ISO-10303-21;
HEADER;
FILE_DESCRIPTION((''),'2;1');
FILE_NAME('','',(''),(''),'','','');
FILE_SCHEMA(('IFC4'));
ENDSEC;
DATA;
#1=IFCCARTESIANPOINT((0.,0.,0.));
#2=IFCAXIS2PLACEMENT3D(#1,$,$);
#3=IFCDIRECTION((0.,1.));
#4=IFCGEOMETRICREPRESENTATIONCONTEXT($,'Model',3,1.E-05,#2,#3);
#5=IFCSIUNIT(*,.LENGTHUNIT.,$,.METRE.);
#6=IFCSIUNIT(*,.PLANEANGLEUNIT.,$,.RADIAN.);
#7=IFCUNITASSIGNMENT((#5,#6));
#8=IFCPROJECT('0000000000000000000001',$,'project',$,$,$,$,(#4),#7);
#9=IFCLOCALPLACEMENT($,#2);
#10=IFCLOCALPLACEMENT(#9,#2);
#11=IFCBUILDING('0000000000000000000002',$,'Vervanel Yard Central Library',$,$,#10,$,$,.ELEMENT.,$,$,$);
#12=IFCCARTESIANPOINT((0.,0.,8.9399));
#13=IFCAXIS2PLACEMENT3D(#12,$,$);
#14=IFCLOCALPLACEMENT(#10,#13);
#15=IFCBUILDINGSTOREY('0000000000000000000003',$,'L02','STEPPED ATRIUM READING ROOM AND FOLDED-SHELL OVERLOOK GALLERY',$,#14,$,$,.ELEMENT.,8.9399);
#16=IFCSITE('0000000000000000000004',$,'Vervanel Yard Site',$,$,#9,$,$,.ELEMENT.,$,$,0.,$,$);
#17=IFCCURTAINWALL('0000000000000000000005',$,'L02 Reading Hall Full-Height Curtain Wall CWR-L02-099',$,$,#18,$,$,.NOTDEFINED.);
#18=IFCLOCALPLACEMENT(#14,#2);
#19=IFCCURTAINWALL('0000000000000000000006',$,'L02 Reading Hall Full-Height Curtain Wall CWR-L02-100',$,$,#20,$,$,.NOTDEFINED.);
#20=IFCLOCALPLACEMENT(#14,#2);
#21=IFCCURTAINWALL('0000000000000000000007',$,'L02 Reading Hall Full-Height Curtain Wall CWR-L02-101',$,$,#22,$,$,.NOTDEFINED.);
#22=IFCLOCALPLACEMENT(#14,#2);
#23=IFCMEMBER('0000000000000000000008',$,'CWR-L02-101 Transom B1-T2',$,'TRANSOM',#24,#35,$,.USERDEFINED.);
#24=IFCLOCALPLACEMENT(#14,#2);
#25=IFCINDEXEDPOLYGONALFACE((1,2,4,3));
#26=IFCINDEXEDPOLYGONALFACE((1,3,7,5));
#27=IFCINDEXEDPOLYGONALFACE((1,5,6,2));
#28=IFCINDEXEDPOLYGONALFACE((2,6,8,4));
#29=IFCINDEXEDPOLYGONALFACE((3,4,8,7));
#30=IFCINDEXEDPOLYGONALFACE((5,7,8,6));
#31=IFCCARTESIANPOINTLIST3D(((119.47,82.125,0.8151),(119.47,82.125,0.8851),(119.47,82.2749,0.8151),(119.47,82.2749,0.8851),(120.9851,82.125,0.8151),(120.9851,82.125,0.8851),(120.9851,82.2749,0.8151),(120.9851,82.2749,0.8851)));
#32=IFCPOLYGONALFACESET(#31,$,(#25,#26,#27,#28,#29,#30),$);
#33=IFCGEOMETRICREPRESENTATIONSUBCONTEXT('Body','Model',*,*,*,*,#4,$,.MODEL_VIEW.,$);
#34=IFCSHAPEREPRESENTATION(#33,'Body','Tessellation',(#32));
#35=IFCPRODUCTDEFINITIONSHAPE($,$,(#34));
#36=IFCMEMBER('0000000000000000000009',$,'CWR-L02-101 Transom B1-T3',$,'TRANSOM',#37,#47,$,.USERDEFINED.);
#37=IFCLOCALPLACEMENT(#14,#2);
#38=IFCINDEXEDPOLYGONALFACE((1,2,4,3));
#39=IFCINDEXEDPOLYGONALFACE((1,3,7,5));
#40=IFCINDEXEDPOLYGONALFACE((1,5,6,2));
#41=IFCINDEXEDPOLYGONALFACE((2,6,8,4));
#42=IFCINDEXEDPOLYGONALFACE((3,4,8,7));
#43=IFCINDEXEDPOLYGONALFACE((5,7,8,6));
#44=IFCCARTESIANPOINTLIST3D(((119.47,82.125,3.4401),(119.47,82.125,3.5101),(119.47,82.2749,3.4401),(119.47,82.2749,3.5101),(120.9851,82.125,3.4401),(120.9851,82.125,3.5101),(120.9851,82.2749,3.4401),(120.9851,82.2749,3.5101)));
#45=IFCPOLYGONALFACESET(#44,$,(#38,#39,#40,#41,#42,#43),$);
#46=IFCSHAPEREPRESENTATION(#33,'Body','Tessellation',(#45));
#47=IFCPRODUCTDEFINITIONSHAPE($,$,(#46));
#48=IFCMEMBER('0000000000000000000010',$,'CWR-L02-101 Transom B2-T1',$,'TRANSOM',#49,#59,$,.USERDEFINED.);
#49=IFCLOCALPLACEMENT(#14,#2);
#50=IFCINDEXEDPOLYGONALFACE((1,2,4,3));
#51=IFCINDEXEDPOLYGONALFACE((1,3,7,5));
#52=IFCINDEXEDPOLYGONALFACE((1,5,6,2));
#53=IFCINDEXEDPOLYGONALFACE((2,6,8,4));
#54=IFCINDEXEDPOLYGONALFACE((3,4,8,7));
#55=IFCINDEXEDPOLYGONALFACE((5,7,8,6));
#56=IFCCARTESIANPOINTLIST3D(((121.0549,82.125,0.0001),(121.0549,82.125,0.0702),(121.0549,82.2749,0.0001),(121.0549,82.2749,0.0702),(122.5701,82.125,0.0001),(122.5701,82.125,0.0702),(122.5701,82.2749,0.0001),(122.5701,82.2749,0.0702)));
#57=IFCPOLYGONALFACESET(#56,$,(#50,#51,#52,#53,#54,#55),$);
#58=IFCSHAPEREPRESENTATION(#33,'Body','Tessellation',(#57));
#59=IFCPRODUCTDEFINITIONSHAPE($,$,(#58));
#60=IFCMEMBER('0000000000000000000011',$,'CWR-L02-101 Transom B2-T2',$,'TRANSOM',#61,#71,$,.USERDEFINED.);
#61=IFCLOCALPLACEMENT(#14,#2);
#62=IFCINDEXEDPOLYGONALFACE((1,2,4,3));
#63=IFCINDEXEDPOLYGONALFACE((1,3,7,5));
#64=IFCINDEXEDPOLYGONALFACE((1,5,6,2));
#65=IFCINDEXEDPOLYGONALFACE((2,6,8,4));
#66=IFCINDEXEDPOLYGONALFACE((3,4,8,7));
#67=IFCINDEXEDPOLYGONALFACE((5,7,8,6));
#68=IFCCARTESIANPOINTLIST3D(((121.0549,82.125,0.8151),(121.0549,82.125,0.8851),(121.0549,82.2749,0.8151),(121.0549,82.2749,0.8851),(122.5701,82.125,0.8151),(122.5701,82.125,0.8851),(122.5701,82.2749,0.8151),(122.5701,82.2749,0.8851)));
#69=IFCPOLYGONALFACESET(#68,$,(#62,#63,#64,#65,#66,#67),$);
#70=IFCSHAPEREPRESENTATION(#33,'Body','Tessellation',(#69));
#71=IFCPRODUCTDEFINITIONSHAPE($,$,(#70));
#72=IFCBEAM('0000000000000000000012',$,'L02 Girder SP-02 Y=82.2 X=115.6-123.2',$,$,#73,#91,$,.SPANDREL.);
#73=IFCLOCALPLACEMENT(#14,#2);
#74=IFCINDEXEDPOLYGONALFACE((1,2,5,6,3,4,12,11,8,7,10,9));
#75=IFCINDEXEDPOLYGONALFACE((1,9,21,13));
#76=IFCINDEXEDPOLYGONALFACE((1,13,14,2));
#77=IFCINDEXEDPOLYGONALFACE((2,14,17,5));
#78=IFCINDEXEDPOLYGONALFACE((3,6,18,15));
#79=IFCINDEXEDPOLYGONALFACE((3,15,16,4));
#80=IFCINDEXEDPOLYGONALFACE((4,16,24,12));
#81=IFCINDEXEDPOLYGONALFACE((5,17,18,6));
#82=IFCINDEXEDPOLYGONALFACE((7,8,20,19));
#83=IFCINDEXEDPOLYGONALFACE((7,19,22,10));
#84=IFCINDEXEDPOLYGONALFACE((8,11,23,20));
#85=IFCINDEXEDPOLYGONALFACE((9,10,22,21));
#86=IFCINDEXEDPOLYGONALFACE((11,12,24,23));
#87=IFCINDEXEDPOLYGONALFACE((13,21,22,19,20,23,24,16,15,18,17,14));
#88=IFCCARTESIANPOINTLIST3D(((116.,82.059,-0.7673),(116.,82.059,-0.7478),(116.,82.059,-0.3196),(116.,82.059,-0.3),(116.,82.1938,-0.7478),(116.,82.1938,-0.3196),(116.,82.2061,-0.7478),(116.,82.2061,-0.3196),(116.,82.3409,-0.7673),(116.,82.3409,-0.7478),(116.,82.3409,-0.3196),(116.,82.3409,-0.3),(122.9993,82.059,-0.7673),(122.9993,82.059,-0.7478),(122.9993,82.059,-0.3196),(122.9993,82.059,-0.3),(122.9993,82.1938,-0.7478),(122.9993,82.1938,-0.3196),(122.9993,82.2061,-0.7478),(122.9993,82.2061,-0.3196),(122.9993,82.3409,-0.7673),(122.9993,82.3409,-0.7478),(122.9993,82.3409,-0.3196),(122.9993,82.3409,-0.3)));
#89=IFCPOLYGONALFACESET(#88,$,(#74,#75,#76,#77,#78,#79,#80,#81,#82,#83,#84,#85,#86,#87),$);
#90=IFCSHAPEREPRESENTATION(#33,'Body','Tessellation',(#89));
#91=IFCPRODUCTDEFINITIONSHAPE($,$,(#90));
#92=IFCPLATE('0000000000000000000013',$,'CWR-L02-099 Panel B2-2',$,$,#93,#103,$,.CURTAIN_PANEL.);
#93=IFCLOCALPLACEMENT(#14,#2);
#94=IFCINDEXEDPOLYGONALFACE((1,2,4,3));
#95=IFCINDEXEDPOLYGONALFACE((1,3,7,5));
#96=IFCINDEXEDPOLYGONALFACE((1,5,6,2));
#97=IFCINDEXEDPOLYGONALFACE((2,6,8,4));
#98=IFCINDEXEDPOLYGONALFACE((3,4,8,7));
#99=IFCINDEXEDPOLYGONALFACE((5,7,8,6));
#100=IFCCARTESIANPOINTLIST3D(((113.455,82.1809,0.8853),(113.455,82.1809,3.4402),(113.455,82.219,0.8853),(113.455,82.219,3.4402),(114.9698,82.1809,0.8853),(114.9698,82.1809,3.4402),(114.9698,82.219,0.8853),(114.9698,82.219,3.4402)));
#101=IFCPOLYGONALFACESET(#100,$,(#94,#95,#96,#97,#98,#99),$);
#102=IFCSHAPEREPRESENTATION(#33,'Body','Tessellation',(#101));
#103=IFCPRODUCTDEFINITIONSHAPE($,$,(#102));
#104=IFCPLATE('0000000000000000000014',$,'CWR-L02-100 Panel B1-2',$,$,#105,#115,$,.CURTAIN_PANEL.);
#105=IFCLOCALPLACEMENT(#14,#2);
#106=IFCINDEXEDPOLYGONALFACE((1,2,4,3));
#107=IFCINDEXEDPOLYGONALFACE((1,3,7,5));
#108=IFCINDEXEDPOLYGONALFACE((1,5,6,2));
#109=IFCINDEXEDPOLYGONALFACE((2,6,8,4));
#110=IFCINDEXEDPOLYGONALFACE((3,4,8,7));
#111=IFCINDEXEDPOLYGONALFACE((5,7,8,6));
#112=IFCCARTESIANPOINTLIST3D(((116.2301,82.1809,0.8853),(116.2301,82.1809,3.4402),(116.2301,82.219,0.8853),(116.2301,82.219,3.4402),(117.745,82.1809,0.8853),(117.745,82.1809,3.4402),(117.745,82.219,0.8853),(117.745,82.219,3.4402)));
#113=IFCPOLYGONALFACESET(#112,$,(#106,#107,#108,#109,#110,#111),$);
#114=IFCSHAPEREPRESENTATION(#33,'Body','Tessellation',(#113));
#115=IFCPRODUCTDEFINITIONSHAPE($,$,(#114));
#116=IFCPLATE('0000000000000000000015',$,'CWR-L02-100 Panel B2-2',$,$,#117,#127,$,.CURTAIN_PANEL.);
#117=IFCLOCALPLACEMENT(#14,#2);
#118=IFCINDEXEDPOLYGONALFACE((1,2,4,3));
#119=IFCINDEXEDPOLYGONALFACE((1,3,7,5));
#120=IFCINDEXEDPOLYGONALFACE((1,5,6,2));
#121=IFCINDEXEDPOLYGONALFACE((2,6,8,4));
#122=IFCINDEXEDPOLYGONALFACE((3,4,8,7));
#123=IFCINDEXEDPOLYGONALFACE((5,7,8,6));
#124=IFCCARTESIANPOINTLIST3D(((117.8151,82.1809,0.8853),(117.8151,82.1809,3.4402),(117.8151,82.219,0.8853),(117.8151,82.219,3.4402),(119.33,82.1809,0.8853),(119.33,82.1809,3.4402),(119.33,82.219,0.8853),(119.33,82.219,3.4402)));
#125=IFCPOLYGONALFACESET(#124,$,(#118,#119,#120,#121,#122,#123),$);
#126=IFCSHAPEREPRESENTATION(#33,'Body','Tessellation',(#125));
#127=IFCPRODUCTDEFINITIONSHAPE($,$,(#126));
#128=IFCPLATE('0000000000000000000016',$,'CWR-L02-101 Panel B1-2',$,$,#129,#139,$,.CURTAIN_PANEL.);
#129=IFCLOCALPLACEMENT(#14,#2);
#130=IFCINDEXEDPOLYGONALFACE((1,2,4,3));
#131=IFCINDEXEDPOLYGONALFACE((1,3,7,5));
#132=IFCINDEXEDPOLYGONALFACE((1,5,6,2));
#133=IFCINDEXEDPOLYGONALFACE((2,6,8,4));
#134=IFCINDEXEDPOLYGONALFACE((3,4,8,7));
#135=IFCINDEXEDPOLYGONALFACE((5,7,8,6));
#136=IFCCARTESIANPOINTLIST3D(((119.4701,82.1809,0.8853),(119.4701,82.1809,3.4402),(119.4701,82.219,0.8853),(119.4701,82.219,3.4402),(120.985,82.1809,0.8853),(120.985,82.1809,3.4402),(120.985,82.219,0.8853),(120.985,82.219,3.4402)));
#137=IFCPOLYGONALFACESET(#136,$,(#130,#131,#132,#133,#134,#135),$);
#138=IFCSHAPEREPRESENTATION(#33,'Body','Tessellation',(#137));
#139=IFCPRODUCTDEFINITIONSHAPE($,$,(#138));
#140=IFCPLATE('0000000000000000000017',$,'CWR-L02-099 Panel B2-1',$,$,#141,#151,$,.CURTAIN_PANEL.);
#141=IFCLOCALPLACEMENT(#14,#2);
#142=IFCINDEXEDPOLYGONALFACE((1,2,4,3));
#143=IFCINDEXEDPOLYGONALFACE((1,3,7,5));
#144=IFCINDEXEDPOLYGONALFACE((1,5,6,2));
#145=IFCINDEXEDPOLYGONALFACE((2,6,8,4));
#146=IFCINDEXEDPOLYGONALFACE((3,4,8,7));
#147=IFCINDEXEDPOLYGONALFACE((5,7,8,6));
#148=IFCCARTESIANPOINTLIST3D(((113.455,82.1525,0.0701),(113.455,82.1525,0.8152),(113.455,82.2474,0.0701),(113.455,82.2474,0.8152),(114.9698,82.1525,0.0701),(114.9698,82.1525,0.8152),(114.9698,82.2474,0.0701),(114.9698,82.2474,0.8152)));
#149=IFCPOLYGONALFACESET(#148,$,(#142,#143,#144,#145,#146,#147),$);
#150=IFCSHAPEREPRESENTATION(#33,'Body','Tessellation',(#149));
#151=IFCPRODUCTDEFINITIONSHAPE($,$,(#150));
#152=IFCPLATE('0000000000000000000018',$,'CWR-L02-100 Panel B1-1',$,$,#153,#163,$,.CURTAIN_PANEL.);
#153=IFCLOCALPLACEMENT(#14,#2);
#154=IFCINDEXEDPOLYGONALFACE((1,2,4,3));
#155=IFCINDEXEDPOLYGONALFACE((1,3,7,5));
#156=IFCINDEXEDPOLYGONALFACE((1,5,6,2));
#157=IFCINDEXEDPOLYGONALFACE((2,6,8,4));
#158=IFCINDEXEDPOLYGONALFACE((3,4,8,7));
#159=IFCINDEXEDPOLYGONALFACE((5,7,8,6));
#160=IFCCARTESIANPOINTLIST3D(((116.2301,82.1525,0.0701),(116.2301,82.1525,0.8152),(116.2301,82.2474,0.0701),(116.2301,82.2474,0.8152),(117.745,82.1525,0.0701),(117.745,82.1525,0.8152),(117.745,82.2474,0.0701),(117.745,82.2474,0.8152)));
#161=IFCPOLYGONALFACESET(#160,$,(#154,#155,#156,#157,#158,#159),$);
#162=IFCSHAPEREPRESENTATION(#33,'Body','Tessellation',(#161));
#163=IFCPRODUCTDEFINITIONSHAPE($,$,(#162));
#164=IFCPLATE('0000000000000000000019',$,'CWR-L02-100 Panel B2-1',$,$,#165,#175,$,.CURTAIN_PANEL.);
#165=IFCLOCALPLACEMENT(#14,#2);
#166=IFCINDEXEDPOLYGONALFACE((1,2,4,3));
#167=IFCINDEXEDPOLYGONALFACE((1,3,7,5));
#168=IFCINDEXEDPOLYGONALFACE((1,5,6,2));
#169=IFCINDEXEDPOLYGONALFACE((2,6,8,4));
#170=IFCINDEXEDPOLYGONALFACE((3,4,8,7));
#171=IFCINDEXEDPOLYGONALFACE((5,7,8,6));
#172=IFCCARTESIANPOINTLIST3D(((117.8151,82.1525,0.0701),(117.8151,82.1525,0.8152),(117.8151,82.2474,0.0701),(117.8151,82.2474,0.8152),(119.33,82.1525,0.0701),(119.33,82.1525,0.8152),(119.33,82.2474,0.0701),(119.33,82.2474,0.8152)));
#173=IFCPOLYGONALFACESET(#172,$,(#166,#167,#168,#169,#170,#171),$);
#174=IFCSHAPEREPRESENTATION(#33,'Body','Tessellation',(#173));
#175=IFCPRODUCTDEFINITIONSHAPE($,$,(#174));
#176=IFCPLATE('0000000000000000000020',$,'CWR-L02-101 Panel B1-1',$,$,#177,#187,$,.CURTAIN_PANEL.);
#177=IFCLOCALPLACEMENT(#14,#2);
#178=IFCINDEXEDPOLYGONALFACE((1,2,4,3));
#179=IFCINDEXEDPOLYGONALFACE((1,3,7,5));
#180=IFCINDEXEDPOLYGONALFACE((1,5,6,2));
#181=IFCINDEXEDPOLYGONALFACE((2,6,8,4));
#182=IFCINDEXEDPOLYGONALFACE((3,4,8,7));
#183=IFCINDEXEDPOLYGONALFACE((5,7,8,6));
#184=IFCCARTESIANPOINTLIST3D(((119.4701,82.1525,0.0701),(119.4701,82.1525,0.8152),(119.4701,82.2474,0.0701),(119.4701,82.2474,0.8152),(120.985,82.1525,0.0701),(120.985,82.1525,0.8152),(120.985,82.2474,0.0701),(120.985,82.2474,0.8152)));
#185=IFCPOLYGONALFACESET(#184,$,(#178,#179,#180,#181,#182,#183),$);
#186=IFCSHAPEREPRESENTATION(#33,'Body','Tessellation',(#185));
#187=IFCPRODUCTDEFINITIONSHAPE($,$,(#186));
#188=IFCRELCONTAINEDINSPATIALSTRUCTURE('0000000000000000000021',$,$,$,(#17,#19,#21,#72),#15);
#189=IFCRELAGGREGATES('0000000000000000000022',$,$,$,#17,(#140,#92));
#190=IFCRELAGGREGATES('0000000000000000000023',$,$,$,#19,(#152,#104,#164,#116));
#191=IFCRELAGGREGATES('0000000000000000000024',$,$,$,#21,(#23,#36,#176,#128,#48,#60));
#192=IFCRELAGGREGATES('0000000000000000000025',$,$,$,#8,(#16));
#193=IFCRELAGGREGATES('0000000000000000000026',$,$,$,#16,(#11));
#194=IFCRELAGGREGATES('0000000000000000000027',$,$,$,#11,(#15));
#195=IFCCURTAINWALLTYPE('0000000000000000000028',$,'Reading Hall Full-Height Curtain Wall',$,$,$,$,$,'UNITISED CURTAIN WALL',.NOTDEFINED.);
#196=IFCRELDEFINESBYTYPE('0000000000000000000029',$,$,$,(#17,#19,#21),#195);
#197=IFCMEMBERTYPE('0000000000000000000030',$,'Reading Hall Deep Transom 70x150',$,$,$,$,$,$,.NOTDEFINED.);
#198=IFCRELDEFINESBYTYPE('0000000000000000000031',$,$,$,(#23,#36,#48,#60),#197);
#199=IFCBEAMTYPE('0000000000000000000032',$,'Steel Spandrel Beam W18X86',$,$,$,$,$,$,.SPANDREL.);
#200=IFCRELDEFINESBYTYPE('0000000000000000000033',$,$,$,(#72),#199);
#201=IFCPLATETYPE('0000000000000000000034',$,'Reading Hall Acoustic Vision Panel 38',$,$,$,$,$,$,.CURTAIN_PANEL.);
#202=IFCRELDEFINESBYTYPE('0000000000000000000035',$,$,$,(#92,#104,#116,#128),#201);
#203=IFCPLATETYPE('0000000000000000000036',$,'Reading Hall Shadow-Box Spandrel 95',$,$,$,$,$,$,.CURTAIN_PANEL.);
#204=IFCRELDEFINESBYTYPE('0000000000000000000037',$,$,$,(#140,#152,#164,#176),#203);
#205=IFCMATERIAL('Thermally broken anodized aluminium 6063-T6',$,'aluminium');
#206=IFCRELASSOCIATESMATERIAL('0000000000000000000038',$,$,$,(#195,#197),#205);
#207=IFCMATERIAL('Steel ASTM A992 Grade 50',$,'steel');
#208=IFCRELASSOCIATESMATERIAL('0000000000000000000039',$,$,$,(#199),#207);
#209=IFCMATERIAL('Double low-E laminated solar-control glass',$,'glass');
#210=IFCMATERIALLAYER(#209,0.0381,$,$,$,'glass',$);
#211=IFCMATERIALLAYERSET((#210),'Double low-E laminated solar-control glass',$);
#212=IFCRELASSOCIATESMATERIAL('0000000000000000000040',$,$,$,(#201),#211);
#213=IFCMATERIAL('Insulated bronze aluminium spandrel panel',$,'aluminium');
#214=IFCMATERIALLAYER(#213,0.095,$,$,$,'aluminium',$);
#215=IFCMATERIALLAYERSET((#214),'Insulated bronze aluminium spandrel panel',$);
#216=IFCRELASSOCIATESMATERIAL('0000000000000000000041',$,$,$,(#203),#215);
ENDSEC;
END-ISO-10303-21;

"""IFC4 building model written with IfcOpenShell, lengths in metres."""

from ifc_helpers import new_model, si_unit, direction, frame, origin, origin_2d, place, context, subcontext, project, spatial, rectangle, i_section, extrude, material, layer, layer_set, material_profile, profile_set, type_object, element, aggregate, save


model = new_model("IFC4")

# Units and contexts
model_context = context("Model", 3, precision=1e-05, world=origin(), true_north=direction((0.0, 1.0)))
body_context = subcontext(model_context, "Body", "Model", "MODEL_VIEW")
ifc_project = project(units=[si_unit("LENGTHUNIT", "METRE"), si_unit("PLANEANGLEUNIT", "RADIAN")], contexts=[model_context])

# Site, building, storey
site_placement = place(None, origin())
site = spatial("IfcSite", under=ifc_project, at=site_placement, Name="Vervanel Yard Site", CompositionType="ELEMENT", RefElevation=0.0)
building_placement = place(site_placement, origin())
building = spatial("IfcBuilding", under=site, at=building_placement, Name="Vervanel Yard Central Library", CompositionType="ELEMENT")
storey_placement = place(building_placement, frame((0.0, 0.0, 8.9399)))
storey = spatial("IfcBuildingStorey", under=building, at=storey_placement, Name="L02", Description="STEPPED ATRIUM READING ROOM AND FOLDED-SHELL OVERLOOK GALLERY", CompositionType="ELEMENT", Elevation=8.9399)

# Curtain wall
ifc_material_1 = material(Name="Thermally broken anodized aluminium 6063-T6", Category="aluminium")
curtain_wall_type = type_object("IfcCurtainWallType", Name="Reading Hall Full-Height Curtain Wall", ElementType="UNITISED CURTAIN WALL", PredefinedType="NOTDEFINED", material=ifc_material_1)
curtain_wall_1_placement = place(storey_placement, origin())
curtain_wall_1 = element("IfcCurtainWall", 1, at=curtain_wall_1_placement, inside=storey, type_object=curtain_wall_type, Name="L02 Reading Hall Full-Height Curtain Wall CWR-L02-099", PredefinedType="NOTDEFINED")

# Curtain walls
curtain_wall_2_placement = place(storey_placement, origin())
curtain_wall_2 = element("IfcCurtainWall", 2, at=curtain_wall_2_placement, inside=storey, type_object=curtain_wall_type, Name="L02 Reading Hall Full-Height Curtain Wall CWR-L02-100", PredefinedType="NOTDEFINED")
curtain_wall_3_placement = place(storey_placement, origin())
curtain_wall_3 = element("IfcCurtainWall", 3, at=curtain_wall_3_placement, inside=storey, type_object=curtain_wall_type, Name="L02 Reading Hall Full-Height Curtain Wall CWR-L02-101", PredefinedType="NOTDEFINED")

# Members
ifc_material_profile_1 = material_profile(ifc_material_1, rectangle(XDim=0.0701, YDim=0.1499, at=origin_2d()), Name="ALU 70x150", Category="aluminium")
ifc_profile_set_1 = profile_set([ifc_material_profile_1], Name="Thermally broken anodized aluminium 6063-T6")
member_type_1 = type_object("IfcMemberType", Name="Reading Hall Deep Transom 70x150", PredefinedType="NOTDEFINED", material=ifc_profile_set_1)
member_1_placement = place(storey_placement, frame((119.47, 82.2, 0.8501), z_axis=(1.0, 0.0, 0.0), x_axis=(0.0, 0.0, 1.0)))
member_1 = element("IfcMember", 4, at=member_1_placement, type_object=member_type_1, Name="CWR-L02-101 Transom B1-T2", ObjectType="TRANSOM", PredefinedType="USERDEFINED", context=body_context, shape_type="SweptSolid", body=[
    extrude(rectangle(XDim=0.0701, YDim=0.1499, at=origin_2d()), origin(), (0.0, 0.0, 1.0), 1.5151),
])
member_2_placement = place(storey_placement, frame((119.47, 82.2, 3.4751), z_axis=(1.0, 0.0, 0.0), x_axis=(0.0, 0.0, 1.0)))
member_2 = element("IfcMember", 5, at=member_2_placement, type_object=member_type_1, Name="CWR-L02-101 Transom B1-T3", ObjectType="TRANSOM", PredefinedType="USERDEFINED", context=body_context, shape_type="SweptSolid", body=[
    extrude(rectangle(XDim=0.0701, YDim=0.1499, at=origin_2d()), origin(), (0.0, 0.0, 1.0), 1.5151),
])
member_3_placement = place(storey_placement, frame((121.0549, 82.2, 0.0352), z_axis=(1.0, 0.0, 0.0), x_axis=(0.0, 0.0, 1.0)))
member_3 = element("IfcMember", 6, at=member_3_placement, type_object=member_type_1, Name="CWR-L02-101 Transom B2-T1", ObjectType="TRANSOM", PredefinedType="USERDEFINED", context=body_context, shape_type="SweptSolid", body=[
    extrude(rectangle(XDim=0.0701, YDim=0.1499, at=origin_2d()), origin(), (0.0, 0.0, 1.0), 1.5151),
])
member_4_placement = place(storey_placement, frame((121.0549, 82.2, 0.8501), z_axis=(1.0, 0.0, 0.0), x_axis=(0.0, 0.0, 1.0)))
member_4 = element("IfcMember", 7, at=member_4_placement, type_object=member_type_1, Name="CWR-L02-101 Transom B2-T2", ObjectType="TRANSOM", PredefinedType="USERDEFINED", context=body_context, shape_type="SweptSolid", body=[
    extrude(rectangle(XDim=0.0701, YDim=0.1499, at=origin_2d()), origin(), (0.0, 0.0, 1.0), 1.5151),
])

# Beam
ifc_material_2 = material(Name="Steel ASTM A992 Grade 50", Category="steel")
ifc_material_profile_2 = material_profile(ifc_material_2, i_section(OverallWidth=0.282, OverallDepth=0.4673, WebThickness=0.0122, FlangeThickness=0.0195, at=origin_2d()), Name="W18X86", Category="steel")
ifc_profile_set_2 = profile_set([ifc_material_profile_2], Name="Steel ASTM A992 Grade 50")
beam_type = type_object("IfcBeamType", Name="Steel Spandrel Beam W18X86", PredefinedType="SPANDREL", material=ifc_profile_set_2)
beam_placement = place(storey_placement, frame((116.0, 82.2, -0.5337), z_axis=(1.0, 0.0, 0.0), x_axis=(0.0, 1.0, 0.0)))
element("IfcBeam", 8, at=beam_placement, inside=storey, type_object=beam_type, Name="L02 Girder SP-02 Y=82.2 X=115.6-123.2", PredefinedType="SPANDREL", context=body_context, shape_type="SweptSolid", body=[
    extrude(i_section(OverallWidth=0.282, OverallDepth=0.4673, WebThickness=0.0122, FlangeThickness=0.0195, at=origin_2d()), origin(), (0.0, 0.0, 1.0), 6.9993),
])

# Plates
ifc_material_3 = material(Name="Double low-E laminated solar-control glass", Category="glass")
ifc_layer_1 = layer(ifc_material_3, 0.0381, Category="glass")
ifc_layer_set_1 = layer_set([ifc_layer_1], Name="Double low-E laminated solar-control glass")
plate_type_1 = type_object("IfcPlateType", Name="Reading Hall Acoustic Vision Panel 38", PredefinedType="CURTAIN_PANEL", material=ifc_layer_set_1)
plate_1_placement = place(storey_placement, frame((114.2124, 82.2, 0.8853), z_axis=(0.0, 0.0, 1.0), x_axis=(1.0, 0.0, 0.0)))
plate_1 = element("IfcPlate", 9, at=plate_1_placement, type_object=plate_type_1, Name="CWR-L02-099 Panel B2-2", PredefinedType="CURTAIN_PANEL", context=body_context, shape_type="SweptSolid", body=[
    extrude(rectangle(XDim=1.5149, YDim=0.0381, at=origin_2d()), origin(), (0.0, 0.0, 1.0), 2.5549),
])
plate_2_placement = place(storey_placement, frame((116.9875, 82.2, 0.8853), z_axis=(0.0, 0.0, 1.0), x_axis=(1.0, 0.0, 0.0)))
plate_2 = element("IfcPlate", 10, at=plate_2_placement, type_object=plate_type_1, Name="CWR-L02-100 Panel B1-2", PredefinedType="CURTAIN_PANEL", context=body_context, shape_type="SweptSolid", body=[
    extrude(rectangle(XDim=1.5149, YDim=0.0381, at=origin_2d()), origin(), (0.0, 0.0, 1.0), 2.5549),
])
plate_3_placement = place(storey_placement, frame((118.5725, 82.2, 0.8853), z_axis=(0.0, 0.0, 1.0), x_axis=(1.0, 0.0, 0.0)))
plate_3 = element("IfcPlate", 11, at=plate_3_placement, type_object=plate_type_1, Name="CWR-L02-100 Panel B2-2", PredefinedType="CURTAIN_PANEL", context=body_context, shape_type="SweptSolid", body=[
    extrude(rectangle(XDim=1.5149, YDim=0.0381, at=origin_2d()), origin(), (0.0, 0.0, 1.0), 2.5549),
])
plate_4_placement = place(storey_placement, frame((120.2275, 82.2, 0.8853), z_axis=(0.0, 0.0, 1.0), x_axis=(1.0, 0.0, 0.0)))
plate_4 = element("IfcPlate", 12, at=plate_4_placement, type_object=plate_type_1, Name="CWR-L02-101 Panel B1-2", PredefinedType="CURTAIN_PANEL", context=body_context, shape_type="SweptSolid", body=[
    extrude(rectangle(XDim=1.5149, YDim=0.0381, at=origin_2d()), origin(), (0.0, 0.0, 1.0), 2.5549),
])
ifc_material_4 = material(Name="Insulated bronze aluminium spandrel panel", Category="aluminium")
ifc_layer_2 = layer(ifc_material_4, 0.095, Category="aluminium")
ifc_layer_set_2 = layer_set([ifc_layer_2], Name="Insulated bronze aluminium spandrel panel")
plate_type_2 = type_object("IfcPlateType", Name="Reading Hall Shadow-Box Spandrel 95", PredefinedType="CURTAIN_PANEL", material=ifc_layer_set_2)
plate_5_placement = place(storey_placement, frame((114.2124, 82.2, 0.0701), z_axis=(0.0, 0.0, 1.0), x_axis=(1.0, 0.0, 0.0)))
plate_5 = element("IfcPlate", 13, at=plate_5_placement, type_object=plate_type_2, Name="CWR-L02-099 Panel B2-1", PredefinedType="CURTAIN_PANEL", context=body_context, shape_type="SweptSolid", body=[
    extrude(rectangle(XDim=1.5149, YDim=0.095, at=origin_2d()), origin(), (0.0, 0.0, 1.0), 0.7451),
])
aggregate(curtain_wall_1, [plate_5, plate_1])
plate_6_placement = place(storey_placement, frame((116.9875, 82.2, 0.0701), z_axis=(0.0, 0.0, 1.0), x_axis=(1.0, 0.0, 0.0)))
plate_6 = element("IfcPlate", 14, at=plate_6_placement, type_object=plate_type_2, Name="CWR-L02-100 Panel B1-1", PredefinedType="CURTAIN_PANEL", context=body_context, shape_type="SweptSolid", body=[
    extrude(rectangle(XDim=1.5149, YDim=0.095, at=origin_2d()), origin(), (0.0, 0.0, 1.0), 0.7451),
])
plate_7_placement = place(storey_placement, frame((118.5725, 82.2, 0.0701), z_axis=(0.0, 0.0, 1.0), x_axis=(1.0, 0.0, 0.0)))
plate_7 = element("IfcPlate", 15, at=plate_7_placement, type_object=plate_type_2, Name="CWR-L02-100 Panel B2-1", PredefinedType="CURTAIN_PANEL", context=body_context, shape_type="SweptSolid", body=[
    extrude(rectangle(XDim=1.5149, YDim=0.095, at=origin_2d()), origin(), (0.0, 0.0, 1.0), 0.7451),
])
aggregate(curtain_wall_2, [plate_6, plate_2, plate_7, plate_3])
plate_8_placement = place(storey_placement, frame((120.2275, 82.2, 0.0701), z_axis=(0.0, 0.0, 1.0), x_axis=(1.0, 0.0, 0.0)))
plate_8 = element("IfcPlate", 16, at=plate_8_placement, type_object=plate_type_2, Name="CWR-L02-101 Panel B1-1", PredefinedType="CURTAIN_PANEL", context=body_context, shape_type="SweptSolid", body=[
    extrude(rectangle(XDim=1.5149, YDim=0.095, at=origin_2d()), origin(), (0.0, 0.0, 1.0), 0.7451),
])
aggregate(curtain_wall_3, [member_1, member_2, plate_8, plate_4, member_3, member_4])

save(model, "model.ifc")
